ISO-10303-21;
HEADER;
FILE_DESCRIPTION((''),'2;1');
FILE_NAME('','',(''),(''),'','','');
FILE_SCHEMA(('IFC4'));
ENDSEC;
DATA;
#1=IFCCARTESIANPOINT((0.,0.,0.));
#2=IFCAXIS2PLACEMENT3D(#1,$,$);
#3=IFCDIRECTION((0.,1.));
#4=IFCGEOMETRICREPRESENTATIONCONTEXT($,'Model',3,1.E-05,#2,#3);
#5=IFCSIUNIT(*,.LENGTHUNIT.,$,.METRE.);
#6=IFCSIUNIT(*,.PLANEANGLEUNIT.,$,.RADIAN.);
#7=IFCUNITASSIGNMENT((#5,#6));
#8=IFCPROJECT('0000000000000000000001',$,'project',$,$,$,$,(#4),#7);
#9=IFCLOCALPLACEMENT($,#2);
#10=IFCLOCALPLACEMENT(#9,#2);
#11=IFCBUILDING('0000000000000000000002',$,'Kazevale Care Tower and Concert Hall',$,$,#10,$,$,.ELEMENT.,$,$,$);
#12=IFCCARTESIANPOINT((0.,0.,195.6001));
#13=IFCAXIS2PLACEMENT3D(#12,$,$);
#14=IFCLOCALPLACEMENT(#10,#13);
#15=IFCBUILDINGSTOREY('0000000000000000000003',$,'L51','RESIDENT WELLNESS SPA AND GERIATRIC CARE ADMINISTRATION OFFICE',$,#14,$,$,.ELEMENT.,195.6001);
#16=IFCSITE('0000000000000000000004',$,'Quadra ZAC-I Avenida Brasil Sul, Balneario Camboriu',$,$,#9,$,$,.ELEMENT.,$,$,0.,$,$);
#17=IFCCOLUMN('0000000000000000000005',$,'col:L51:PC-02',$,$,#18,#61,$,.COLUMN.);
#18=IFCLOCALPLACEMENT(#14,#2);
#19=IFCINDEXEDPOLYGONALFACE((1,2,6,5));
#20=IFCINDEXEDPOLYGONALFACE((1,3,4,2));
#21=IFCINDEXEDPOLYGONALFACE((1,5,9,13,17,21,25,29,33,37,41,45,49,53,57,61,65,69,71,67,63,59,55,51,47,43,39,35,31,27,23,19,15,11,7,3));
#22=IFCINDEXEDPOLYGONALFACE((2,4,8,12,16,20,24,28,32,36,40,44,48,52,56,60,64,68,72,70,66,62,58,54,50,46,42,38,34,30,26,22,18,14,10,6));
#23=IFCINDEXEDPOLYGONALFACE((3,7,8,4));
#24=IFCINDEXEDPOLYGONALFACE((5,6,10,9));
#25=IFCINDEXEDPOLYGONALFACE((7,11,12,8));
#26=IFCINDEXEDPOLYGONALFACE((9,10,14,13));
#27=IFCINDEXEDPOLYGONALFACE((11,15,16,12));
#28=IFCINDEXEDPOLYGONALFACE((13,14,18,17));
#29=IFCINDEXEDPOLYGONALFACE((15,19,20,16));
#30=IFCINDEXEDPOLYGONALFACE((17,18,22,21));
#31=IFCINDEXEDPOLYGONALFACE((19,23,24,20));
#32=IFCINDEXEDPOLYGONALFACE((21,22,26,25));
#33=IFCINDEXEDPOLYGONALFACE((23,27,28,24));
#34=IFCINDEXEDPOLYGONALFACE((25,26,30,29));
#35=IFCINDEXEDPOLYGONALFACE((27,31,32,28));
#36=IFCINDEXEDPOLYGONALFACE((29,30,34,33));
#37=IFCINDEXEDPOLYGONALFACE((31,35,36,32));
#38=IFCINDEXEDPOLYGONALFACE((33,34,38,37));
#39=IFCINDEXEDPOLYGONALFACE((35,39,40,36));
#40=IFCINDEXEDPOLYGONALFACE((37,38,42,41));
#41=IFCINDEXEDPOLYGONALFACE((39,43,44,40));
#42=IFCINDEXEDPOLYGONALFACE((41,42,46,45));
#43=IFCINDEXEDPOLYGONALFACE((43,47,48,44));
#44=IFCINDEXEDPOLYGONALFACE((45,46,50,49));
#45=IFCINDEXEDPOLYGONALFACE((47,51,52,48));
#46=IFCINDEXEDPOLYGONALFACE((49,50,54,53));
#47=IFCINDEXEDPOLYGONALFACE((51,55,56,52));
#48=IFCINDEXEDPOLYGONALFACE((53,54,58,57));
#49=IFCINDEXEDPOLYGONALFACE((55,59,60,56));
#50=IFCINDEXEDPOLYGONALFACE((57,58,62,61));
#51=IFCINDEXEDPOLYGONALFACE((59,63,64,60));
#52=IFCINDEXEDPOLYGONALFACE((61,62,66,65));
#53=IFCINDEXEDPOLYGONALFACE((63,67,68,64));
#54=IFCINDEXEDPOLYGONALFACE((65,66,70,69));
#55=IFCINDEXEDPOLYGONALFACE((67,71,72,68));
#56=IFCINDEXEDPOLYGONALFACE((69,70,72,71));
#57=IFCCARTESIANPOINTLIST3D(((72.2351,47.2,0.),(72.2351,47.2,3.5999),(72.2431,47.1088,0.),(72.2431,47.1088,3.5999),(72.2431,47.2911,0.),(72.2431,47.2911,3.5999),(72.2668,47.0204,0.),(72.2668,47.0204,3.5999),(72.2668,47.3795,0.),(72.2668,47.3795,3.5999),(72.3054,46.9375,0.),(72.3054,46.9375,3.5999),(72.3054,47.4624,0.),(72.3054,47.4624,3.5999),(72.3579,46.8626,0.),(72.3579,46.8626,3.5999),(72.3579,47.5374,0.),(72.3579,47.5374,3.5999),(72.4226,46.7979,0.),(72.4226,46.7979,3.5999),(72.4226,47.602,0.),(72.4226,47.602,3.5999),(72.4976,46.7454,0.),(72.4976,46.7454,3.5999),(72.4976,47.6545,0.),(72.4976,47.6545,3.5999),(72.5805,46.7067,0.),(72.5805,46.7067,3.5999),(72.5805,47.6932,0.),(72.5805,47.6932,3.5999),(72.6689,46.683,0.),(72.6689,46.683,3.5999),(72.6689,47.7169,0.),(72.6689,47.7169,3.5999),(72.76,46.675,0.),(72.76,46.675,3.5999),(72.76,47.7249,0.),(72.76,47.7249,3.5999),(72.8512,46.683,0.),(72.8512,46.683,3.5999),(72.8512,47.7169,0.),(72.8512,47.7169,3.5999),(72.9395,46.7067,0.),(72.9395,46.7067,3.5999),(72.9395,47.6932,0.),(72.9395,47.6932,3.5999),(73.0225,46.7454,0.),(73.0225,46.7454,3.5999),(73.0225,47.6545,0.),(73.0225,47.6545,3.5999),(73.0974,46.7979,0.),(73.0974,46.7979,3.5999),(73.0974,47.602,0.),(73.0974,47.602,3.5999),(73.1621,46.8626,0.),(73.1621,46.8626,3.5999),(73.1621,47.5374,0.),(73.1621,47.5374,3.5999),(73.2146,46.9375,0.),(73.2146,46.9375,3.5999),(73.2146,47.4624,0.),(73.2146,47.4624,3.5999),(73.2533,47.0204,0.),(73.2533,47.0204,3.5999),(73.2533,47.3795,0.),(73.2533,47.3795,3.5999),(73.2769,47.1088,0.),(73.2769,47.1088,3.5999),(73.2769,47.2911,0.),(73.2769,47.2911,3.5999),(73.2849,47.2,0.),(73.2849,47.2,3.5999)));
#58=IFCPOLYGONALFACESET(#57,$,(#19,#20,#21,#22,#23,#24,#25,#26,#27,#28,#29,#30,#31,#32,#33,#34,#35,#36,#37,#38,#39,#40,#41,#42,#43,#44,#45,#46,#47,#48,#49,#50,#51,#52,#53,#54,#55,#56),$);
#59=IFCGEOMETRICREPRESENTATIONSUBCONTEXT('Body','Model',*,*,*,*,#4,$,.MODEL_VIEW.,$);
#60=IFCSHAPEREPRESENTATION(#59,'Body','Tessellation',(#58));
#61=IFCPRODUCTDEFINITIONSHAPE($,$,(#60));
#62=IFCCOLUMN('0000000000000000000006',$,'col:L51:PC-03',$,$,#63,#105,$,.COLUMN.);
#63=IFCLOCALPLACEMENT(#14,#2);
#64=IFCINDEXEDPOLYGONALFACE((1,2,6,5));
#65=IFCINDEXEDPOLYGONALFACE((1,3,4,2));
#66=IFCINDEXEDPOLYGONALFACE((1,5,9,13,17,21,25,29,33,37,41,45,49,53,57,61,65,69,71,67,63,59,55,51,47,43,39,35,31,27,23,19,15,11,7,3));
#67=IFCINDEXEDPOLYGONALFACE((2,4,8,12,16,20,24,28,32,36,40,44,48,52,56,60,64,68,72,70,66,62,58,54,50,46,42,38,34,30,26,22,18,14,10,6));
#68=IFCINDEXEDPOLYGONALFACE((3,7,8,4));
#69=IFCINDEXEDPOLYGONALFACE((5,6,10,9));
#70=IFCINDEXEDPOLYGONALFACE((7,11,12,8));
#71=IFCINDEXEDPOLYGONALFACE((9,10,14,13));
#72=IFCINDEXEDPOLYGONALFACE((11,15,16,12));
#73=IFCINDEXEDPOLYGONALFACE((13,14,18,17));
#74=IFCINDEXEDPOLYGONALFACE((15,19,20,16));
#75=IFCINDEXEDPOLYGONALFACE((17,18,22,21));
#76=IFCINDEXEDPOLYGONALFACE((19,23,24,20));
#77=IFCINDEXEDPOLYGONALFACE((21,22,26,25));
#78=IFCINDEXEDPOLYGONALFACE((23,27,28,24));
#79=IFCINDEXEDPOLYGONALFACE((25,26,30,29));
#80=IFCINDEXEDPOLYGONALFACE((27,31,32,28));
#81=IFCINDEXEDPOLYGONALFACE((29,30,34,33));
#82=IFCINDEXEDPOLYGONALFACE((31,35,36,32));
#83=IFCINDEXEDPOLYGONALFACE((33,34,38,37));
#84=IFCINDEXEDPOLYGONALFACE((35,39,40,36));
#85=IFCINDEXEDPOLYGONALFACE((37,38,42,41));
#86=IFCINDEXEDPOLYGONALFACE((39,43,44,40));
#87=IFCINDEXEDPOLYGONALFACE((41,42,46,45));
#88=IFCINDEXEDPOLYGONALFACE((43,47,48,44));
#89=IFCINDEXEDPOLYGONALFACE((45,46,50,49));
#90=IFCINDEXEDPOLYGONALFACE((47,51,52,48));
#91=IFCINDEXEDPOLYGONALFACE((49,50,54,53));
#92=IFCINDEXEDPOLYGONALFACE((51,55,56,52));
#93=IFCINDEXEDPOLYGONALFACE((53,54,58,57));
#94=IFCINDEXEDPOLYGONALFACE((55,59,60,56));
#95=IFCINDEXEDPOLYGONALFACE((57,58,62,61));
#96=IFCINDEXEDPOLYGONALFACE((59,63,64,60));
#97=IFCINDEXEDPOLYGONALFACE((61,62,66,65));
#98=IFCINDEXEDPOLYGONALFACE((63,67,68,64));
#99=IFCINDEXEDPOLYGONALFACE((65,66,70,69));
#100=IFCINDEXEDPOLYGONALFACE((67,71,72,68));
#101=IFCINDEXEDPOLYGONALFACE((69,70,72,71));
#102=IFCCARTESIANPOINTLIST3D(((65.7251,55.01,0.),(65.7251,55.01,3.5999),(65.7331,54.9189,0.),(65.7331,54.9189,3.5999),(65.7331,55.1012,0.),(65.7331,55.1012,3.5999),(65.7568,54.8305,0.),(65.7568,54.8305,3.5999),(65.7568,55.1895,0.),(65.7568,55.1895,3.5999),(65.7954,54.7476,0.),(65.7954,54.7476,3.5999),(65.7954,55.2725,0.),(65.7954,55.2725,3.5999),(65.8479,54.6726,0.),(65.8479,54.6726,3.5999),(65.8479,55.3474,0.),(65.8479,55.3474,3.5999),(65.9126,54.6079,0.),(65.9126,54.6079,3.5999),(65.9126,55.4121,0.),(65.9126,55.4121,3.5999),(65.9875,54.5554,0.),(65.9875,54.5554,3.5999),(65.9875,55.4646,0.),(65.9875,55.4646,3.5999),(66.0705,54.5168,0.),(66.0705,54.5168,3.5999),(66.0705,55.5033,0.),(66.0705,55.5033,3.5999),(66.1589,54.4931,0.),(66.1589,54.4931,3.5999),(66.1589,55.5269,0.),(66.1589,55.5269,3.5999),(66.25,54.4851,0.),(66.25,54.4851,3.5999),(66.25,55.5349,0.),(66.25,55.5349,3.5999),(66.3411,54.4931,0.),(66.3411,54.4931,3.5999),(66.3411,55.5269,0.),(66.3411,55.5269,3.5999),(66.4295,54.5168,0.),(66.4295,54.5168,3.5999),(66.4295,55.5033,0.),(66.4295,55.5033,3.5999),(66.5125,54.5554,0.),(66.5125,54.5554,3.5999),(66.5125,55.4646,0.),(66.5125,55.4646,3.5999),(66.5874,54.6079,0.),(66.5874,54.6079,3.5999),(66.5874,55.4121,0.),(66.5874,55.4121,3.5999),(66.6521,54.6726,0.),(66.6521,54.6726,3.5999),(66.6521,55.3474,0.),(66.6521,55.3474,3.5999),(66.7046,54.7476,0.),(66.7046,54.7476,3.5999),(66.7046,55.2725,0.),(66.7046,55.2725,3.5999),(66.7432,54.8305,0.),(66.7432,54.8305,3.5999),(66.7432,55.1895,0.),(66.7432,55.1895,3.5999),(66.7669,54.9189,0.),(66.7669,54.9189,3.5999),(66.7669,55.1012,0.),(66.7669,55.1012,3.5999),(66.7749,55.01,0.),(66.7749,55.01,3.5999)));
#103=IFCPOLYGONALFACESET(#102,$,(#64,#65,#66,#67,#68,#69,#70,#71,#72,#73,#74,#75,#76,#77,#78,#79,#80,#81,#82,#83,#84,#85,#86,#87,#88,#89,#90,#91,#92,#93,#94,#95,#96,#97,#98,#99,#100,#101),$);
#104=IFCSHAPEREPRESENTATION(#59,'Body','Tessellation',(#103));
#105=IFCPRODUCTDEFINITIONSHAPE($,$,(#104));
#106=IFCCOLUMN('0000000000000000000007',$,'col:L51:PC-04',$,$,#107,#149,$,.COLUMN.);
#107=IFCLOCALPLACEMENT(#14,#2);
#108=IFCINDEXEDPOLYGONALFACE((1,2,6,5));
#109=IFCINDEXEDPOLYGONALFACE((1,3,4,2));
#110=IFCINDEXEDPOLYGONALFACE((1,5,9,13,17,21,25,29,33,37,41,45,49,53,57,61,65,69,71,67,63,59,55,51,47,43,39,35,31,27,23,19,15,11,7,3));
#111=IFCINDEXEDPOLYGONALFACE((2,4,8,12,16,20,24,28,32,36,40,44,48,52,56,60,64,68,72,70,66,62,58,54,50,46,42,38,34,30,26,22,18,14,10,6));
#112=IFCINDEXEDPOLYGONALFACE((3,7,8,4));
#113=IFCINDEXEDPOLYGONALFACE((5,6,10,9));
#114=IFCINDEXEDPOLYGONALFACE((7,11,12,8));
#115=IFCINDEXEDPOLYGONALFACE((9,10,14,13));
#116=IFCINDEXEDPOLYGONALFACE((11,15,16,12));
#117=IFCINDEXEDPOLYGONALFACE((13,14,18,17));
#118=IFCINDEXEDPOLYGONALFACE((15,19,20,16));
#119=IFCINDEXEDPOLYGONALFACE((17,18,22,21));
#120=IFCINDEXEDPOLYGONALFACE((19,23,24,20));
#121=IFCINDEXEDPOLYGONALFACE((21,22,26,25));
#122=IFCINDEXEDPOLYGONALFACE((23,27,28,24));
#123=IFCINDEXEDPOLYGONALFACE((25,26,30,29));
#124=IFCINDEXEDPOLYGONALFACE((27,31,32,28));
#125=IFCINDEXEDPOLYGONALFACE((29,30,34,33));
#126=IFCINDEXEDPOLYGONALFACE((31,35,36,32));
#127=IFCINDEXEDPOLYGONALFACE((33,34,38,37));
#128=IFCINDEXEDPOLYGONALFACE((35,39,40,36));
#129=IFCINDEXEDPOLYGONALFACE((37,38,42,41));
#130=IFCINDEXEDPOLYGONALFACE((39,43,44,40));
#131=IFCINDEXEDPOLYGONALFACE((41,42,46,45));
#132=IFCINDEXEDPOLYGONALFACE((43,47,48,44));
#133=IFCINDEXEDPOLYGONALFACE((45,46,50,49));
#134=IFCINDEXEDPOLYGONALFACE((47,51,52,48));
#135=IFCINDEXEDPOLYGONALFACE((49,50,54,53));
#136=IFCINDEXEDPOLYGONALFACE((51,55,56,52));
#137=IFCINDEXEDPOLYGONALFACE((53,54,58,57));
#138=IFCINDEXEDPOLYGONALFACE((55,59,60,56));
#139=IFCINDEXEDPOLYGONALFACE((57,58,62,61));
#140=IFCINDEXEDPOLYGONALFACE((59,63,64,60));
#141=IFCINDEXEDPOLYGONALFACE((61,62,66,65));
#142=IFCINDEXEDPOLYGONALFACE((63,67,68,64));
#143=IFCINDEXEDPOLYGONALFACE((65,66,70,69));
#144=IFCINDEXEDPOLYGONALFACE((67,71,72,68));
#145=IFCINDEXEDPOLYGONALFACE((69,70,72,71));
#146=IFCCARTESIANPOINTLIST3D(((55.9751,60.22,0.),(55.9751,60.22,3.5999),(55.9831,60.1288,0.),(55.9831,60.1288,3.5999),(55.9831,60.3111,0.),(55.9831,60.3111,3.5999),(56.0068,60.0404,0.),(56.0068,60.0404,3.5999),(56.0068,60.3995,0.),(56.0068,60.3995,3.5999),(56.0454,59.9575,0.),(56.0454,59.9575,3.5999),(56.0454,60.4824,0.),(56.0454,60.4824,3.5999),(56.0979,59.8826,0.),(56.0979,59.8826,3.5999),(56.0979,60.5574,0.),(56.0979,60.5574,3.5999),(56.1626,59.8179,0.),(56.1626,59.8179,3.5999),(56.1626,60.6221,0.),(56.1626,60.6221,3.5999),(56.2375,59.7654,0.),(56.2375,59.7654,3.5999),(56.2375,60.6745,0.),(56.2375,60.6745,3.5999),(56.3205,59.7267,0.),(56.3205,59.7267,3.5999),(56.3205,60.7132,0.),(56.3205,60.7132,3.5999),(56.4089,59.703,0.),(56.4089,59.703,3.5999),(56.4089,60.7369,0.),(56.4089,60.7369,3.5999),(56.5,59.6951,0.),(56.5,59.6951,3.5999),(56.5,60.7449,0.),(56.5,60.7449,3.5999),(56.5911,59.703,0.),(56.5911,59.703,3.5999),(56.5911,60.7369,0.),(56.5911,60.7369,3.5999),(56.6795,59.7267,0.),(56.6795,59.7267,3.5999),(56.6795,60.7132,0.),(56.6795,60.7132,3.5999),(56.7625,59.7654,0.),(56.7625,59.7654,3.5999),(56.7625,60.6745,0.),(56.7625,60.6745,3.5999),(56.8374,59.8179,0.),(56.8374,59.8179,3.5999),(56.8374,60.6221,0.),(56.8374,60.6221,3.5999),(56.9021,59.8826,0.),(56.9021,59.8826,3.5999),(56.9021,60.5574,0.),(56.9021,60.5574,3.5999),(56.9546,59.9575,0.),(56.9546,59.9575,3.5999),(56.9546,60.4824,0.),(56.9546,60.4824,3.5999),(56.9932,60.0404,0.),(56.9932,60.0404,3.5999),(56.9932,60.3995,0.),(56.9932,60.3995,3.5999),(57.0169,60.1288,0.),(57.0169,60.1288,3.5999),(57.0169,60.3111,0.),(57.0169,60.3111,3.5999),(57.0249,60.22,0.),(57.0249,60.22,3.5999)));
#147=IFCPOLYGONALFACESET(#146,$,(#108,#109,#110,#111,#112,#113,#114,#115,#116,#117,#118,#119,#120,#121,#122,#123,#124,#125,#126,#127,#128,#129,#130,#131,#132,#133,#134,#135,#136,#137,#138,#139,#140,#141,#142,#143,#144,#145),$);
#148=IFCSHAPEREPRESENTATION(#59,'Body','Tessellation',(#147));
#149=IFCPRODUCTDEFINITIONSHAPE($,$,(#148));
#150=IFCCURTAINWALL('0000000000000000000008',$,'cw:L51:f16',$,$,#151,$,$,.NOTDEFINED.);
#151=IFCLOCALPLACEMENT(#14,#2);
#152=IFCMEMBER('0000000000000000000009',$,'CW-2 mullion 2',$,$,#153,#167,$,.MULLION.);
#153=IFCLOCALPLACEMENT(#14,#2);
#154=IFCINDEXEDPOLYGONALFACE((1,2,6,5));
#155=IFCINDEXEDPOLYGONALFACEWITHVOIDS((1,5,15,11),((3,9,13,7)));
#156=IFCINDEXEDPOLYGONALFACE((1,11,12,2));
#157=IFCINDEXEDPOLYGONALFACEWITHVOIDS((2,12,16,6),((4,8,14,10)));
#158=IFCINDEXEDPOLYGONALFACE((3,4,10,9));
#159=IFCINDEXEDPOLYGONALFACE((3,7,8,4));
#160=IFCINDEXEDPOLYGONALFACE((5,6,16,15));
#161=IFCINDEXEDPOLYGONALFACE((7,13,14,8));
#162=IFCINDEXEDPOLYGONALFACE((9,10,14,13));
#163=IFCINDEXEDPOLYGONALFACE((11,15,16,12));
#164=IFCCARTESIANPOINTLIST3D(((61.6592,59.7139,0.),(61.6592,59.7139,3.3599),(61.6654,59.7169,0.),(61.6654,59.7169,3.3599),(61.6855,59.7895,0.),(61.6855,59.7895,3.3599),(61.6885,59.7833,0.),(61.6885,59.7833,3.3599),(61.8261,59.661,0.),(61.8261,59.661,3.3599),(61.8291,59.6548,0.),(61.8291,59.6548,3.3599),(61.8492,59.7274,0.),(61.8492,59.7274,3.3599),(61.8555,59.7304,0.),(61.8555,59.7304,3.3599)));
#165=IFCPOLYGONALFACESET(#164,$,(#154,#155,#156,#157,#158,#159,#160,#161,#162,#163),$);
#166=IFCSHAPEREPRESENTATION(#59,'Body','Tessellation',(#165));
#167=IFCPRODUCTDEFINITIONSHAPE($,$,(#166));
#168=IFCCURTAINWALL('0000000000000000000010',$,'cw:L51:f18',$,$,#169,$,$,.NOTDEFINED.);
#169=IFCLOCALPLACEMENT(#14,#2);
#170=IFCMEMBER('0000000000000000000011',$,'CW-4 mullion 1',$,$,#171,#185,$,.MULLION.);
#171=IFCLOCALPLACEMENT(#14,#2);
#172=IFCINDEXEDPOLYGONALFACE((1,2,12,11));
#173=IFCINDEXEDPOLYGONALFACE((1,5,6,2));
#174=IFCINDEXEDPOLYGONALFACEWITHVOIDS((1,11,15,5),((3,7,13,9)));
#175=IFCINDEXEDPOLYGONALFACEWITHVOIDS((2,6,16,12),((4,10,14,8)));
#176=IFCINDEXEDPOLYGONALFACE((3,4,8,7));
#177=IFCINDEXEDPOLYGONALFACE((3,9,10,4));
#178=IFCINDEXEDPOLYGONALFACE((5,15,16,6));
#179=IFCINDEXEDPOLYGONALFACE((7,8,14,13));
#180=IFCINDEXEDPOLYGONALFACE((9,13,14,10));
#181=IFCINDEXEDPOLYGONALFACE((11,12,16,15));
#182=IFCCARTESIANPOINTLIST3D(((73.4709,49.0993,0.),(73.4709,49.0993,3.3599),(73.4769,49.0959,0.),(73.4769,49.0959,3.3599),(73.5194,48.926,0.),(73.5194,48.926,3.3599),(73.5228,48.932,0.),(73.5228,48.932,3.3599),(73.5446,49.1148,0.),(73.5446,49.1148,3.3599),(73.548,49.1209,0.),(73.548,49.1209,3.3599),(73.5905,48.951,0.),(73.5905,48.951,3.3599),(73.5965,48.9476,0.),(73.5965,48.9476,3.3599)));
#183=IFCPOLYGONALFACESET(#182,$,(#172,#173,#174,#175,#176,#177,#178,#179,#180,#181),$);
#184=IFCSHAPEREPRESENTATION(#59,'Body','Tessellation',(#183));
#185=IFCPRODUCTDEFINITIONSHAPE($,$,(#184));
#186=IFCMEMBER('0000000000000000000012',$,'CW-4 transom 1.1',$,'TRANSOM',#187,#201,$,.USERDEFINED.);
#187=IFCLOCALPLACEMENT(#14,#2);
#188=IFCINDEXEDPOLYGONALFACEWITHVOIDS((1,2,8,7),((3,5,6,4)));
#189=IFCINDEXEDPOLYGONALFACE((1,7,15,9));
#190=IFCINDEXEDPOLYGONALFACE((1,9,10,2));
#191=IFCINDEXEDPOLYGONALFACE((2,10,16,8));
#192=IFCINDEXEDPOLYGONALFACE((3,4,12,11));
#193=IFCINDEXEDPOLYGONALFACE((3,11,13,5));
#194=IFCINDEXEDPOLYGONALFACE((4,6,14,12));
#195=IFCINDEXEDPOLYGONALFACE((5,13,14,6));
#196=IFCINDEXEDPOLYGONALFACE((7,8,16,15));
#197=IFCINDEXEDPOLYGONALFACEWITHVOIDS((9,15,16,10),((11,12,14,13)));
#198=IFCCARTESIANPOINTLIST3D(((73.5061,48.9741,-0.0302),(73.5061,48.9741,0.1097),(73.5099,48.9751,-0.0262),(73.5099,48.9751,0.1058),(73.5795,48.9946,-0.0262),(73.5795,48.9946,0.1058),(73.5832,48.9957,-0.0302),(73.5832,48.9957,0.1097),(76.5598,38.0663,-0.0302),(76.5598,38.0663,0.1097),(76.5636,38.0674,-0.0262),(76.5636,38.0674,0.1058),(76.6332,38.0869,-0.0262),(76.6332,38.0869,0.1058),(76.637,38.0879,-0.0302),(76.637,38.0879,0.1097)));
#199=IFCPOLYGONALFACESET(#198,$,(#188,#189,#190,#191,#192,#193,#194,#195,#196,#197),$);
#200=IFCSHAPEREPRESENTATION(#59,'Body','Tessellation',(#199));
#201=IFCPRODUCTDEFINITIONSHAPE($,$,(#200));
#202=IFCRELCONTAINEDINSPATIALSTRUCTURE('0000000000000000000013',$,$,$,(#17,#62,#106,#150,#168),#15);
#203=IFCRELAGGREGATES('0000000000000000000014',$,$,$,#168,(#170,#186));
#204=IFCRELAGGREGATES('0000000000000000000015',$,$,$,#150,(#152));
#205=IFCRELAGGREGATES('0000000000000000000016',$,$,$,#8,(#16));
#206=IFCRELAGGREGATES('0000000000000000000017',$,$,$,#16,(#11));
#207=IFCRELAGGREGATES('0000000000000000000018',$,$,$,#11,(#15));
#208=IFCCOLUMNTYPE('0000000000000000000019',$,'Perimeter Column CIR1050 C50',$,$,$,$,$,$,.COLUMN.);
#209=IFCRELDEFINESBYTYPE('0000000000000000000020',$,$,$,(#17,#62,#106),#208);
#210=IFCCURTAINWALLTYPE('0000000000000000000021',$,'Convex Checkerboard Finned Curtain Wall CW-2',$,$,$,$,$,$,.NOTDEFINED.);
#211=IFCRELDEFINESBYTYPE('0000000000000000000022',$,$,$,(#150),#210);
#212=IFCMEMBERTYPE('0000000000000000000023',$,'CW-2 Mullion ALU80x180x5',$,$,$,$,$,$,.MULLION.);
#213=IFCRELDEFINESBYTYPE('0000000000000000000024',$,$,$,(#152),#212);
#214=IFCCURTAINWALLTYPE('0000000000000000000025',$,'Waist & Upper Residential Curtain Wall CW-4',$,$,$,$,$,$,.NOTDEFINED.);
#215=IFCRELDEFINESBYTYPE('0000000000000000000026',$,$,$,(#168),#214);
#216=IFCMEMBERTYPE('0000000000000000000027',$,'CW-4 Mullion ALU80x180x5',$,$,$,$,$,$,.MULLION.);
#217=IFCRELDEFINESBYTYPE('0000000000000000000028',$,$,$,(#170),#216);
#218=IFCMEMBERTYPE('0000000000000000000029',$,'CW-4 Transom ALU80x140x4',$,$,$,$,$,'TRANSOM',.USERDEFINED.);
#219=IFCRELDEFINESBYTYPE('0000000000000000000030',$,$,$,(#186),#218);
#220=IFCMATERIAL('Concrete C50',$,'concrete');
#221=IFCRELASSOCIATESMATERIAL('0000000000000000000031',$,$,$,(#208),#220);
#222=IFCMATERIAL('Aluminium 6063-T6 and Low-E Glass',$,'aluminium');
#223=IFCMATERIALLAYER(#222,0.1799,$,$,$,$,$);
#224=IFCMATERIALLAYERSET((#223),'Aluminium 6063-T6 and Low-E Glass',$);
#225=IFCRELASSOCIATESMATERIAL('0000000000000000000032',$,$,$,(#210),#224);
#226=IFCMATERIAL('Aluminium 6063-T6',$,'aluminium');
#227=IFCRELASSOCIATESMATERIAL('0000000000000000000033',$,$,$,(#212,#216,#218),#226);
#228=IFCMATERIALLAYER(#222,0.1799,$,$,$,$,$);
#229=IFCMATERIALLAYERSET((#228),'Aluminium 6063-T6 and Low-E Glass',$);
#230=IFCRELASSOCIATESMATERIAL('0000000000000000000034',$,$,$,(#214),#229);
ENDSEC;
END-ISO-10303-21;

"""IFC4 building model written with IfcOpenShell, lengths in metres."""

from ifc_helpers import new_model, si_unit, direction, frame, origin, origin_2d, place, context, subcontext, project, spatial, hollow_rectangle, circle, extrude, material, layer, layer_set, material_profile, profile_set, type_object, element, aggregate, save


model = new_model("IFC4")

# Units and contexts
model_context = context("Model", 3, precision=1e-05, world=origin(), true_north=direction((0.0, 1.0)))
body_context = subcontext(model_context, "Body", "Model", "MODEL_VIEW")
ifc_project = project(units=[si_unit("LENGTHUNIT", "METRE"), si_unit("PLANEANGLEUNIT", "RADIAN")], contexts=[model_context])

# Site, building, storey
site_placement = place(None, origin())
site = spatial("IfcSite", under=ifc_project, at=site_placement, Name="Quadra ZAC-I Avenida Brasil Sul, Balneario Camboriu", CompositionType="ELEMENT", RefElevation=0.0)
building_placement = place(site_placement, origin())
building = spatial("IfcBuilding", under=site, at=building_placement, Name="Kazevale Care Tower and Concert Hall", CompositionType="ELEMENT")
storey_placement = place(building_placement, frame((0.0, 0.0, 195.6001)))
storey = spatial("IfcBuildingStorey", under=building, at=storey_placement, Name="L51", Description="RESIDENT WELLNESS SPA AND GERIATRIC CARE ADMINISTRATION OFFICE", CompositionType="ELEMENT", Elevation=195.6001)

# Columns
ifc_material_1 = material(Name="Concrete C50", Category="concrete")
ifc_material_profile_1 = material_profile(ifc_material_1, circle(Radius=0.5249, at=origin_2d()), Name="RC-CIR1050")
ifc_profile_set_1 = profile_set([ifc_material_profile_1], Name="Concrete C50")
column_type = type_object("IfcColumnType", Name="Perimeter Column CIR1050 C50", PredefinedType="COLUMN", material=ifc_profile_set_1)
for number, where, z_axis, x_axis, name in (
    (1, (72.76, 47.2, 0.0), (0.0, 0.0, 1.0), (1.0, 0.0, 0.0), "col:L51:PC-02"),
    (2, (66.25, 55.01, 0.0), (0.0, 0.0, 1.0), (1.0, 0.0, 0.0), "col:L51:PC-03"),
    (3, (56.5, 60.22, 0.0), (0.0, 0.0, 1.0), (1.0, 0.0, 0.0), "col:L51:PC-04"),
):
    element("IfcColumn", number, at=place(storey_placement, frame(where, z_axis=z_axis, x_axis=x_axis)), inside=storey, type_object=column_type, Name=name, PredefinedType="COLUMN", context=body_context, shape_type="SweptSolid", body=[
        extrude(circle(Radius=0.5249, at=origin_2d()), origin(), (0.0, 0.0, 1.0), 3.5999),
    ])

# Curtain wall, member
ifc_material_2 = material(Name="Aluminium 6063-T6 and Low-E Glass", Category="aluminium")
ifc_layer_1 = layer(ifc_material_2, 0.1799)
ifc_layer_set_1 = layer_set([ifc_layer_1], Name="Aluminium 6063-T6 and Low-E Glass")
curtain_wall_type_1 = type_object("IfcCurtainWallType", Name="Convex Checkerboard Finned Curtain Wall CW-2", PredefinedType="NOTDEFINED", material=ifc_layer_set_1)
curtain_wall_1_placement = place(storey_placement, origin())
curtain_wall_1 = element("IfcCurtainWall", 4, at=curtain_wall_1_placement, inside=storey, type_object=curtain_wall_type_1, Name="cw:L51:f16", PredefinedType="NOTDEFINED")
ifc_material_3 = material(Name="Aluminium 6063-T6", Category="aluminium")
ifc_material_profile_2 = material_profile(ifc_material_3, hollow_rectangle(XDim=0.0801, YDim=0.1799, WallThickness=0.0049, at=origin_2d()), Name="ALU80x180x5")
ifc_profile_set_2 = profile_set([ifc_material_profile_2], Name="Aluminium 6063-T6")
member_type_1 = type_object("IfcMemberType", Name="CW-2 Mullion ALU80x180x5", PredefinedType="MULLION", material=ifc_profile_set_2)
member_1_placement = place(storey_placement, frame((61.7573, 59.7222, 0.0), z_axis=(0.0, 0.0, 1.0), x_axis=(0.328584, 0.944475, 0.0)))
member_1 = element("IfcMember", 5, at=member_1_placement, type_object=member_type_1, Name="CW-2 mullion 2", PredefinedType="MULLION", context=body_context, shape_type="SweptSolid", body=[
    extrude(hollow_rectangle(XDim=0.0801, YDim=0.1799, WallThickness=0.0049, at=origin_2d()), origin(), (0.0, 0.0, 1.0), 3.3599),
])

# Curtain wall, members
ifc_layer_2 = layer(ifc_material_2, 0.1799)
ifc_layer_set_2 = layer_set([ifc_layer_2], Name="Aluminium 6063-T6 and Low-E Glass")
curtain_wall_type_2 = type_object("IfcCurtainWallType", Name="Waist & Upper Residential Curtain Wall CW-4", PredefinedType="NOTDEFINED", material=ifc_layer_set_2)
curtain_wall_2_placement = place(storey_placement, origin())
curtain_wall_2 = element("IfcCurtainWall", 6, at=curtain_wall_2_placement, inside=storey, type_object=curtain_wall_type_2, Name="cw:L51:f18", PredefinedType="NOTDEFINED")
ifc_material_profile_3 = material_profile(ifc_material_3, hollow_rectangle(XDim=0.0801, YDim=0.1799, WallThickness=0.0049, at=origin_2d()), Name="ALU80x180x5")
ifc_profile_set_3 = profile_set([ifc_material_profile_3], Name="Aluminium 6063-T6")
member_type_2 = type_object("IfcMemberType", Name="CW-4 Mullion ALU80x180x5", PredefinedType="MULLION", material=ifc_profile_set_3)
member_2_placement = place(storey_placement, frame((73.5337, 49.0234, 0.0), z_axis=(0.0, 0.0, 1.0), x_axis=(0.962972, 0.269601, 0.0)))
member_2 = element("IfcMember", 7, at=member_2_placement, type_object=member_type_2, Name="CW-4 mullion 1", PredefinedType="MULLION", context=body_context, shape_type="SweptSolid", body=[
    extrude(hollow_rectangle(XDim=0.0801, YDim=0.1799, WallThickness=0.0049, at=origin_2d()), origin(), (0.0, 0.0, 1.0), 3.3599),
])
ifc_material_profile_4 = material_profile(ifc_material_3, hollow_rectangle(XDim=0.0801, YDim=0.1399, WallThickness=0.0039, at=origin_2d()), Name="ALU80x140x4")
ifc_profile_set_4 = profile_set([ifc_material_profile_4], Name="Aluminium 6063-T6")
member_type_3 = type_object("IfcMemberType", Name="CW-4 Transom ALU80x140x4", ElementType="TRANSOM", PredefinedType="USERDEFINED", material=ifc_profile_set_4)
member_3_placement = place(storey_placement, frame((73.5447, 48.9849, 0.0398), z_axis=(0.269593, -0.962974, 0.0), x_axis=(0.962974, 0.269593, 0.0)))
member_3 = element("IfcMember", 8, at=member_3_placement, type_object=member_type_3, Name="CW-4 transom 1.1", ObjectType="TRANSOM", PredefinedType="USERDEFINED", context=body_context, shape_type="SweptSolid", body=[
    extrude(hollow_rectangle(XDim=0.0801, YDim=0.1399, WallThickness=0.0039, at=origin_2d()), origin(), (0.0, 0.0, 1.0), 11.3271),
])
aggregate(curtain_wall_2, [member_2, member_3])

aggregate(curtain_wall_1, [member_1])

save(model, "model.ifc")
